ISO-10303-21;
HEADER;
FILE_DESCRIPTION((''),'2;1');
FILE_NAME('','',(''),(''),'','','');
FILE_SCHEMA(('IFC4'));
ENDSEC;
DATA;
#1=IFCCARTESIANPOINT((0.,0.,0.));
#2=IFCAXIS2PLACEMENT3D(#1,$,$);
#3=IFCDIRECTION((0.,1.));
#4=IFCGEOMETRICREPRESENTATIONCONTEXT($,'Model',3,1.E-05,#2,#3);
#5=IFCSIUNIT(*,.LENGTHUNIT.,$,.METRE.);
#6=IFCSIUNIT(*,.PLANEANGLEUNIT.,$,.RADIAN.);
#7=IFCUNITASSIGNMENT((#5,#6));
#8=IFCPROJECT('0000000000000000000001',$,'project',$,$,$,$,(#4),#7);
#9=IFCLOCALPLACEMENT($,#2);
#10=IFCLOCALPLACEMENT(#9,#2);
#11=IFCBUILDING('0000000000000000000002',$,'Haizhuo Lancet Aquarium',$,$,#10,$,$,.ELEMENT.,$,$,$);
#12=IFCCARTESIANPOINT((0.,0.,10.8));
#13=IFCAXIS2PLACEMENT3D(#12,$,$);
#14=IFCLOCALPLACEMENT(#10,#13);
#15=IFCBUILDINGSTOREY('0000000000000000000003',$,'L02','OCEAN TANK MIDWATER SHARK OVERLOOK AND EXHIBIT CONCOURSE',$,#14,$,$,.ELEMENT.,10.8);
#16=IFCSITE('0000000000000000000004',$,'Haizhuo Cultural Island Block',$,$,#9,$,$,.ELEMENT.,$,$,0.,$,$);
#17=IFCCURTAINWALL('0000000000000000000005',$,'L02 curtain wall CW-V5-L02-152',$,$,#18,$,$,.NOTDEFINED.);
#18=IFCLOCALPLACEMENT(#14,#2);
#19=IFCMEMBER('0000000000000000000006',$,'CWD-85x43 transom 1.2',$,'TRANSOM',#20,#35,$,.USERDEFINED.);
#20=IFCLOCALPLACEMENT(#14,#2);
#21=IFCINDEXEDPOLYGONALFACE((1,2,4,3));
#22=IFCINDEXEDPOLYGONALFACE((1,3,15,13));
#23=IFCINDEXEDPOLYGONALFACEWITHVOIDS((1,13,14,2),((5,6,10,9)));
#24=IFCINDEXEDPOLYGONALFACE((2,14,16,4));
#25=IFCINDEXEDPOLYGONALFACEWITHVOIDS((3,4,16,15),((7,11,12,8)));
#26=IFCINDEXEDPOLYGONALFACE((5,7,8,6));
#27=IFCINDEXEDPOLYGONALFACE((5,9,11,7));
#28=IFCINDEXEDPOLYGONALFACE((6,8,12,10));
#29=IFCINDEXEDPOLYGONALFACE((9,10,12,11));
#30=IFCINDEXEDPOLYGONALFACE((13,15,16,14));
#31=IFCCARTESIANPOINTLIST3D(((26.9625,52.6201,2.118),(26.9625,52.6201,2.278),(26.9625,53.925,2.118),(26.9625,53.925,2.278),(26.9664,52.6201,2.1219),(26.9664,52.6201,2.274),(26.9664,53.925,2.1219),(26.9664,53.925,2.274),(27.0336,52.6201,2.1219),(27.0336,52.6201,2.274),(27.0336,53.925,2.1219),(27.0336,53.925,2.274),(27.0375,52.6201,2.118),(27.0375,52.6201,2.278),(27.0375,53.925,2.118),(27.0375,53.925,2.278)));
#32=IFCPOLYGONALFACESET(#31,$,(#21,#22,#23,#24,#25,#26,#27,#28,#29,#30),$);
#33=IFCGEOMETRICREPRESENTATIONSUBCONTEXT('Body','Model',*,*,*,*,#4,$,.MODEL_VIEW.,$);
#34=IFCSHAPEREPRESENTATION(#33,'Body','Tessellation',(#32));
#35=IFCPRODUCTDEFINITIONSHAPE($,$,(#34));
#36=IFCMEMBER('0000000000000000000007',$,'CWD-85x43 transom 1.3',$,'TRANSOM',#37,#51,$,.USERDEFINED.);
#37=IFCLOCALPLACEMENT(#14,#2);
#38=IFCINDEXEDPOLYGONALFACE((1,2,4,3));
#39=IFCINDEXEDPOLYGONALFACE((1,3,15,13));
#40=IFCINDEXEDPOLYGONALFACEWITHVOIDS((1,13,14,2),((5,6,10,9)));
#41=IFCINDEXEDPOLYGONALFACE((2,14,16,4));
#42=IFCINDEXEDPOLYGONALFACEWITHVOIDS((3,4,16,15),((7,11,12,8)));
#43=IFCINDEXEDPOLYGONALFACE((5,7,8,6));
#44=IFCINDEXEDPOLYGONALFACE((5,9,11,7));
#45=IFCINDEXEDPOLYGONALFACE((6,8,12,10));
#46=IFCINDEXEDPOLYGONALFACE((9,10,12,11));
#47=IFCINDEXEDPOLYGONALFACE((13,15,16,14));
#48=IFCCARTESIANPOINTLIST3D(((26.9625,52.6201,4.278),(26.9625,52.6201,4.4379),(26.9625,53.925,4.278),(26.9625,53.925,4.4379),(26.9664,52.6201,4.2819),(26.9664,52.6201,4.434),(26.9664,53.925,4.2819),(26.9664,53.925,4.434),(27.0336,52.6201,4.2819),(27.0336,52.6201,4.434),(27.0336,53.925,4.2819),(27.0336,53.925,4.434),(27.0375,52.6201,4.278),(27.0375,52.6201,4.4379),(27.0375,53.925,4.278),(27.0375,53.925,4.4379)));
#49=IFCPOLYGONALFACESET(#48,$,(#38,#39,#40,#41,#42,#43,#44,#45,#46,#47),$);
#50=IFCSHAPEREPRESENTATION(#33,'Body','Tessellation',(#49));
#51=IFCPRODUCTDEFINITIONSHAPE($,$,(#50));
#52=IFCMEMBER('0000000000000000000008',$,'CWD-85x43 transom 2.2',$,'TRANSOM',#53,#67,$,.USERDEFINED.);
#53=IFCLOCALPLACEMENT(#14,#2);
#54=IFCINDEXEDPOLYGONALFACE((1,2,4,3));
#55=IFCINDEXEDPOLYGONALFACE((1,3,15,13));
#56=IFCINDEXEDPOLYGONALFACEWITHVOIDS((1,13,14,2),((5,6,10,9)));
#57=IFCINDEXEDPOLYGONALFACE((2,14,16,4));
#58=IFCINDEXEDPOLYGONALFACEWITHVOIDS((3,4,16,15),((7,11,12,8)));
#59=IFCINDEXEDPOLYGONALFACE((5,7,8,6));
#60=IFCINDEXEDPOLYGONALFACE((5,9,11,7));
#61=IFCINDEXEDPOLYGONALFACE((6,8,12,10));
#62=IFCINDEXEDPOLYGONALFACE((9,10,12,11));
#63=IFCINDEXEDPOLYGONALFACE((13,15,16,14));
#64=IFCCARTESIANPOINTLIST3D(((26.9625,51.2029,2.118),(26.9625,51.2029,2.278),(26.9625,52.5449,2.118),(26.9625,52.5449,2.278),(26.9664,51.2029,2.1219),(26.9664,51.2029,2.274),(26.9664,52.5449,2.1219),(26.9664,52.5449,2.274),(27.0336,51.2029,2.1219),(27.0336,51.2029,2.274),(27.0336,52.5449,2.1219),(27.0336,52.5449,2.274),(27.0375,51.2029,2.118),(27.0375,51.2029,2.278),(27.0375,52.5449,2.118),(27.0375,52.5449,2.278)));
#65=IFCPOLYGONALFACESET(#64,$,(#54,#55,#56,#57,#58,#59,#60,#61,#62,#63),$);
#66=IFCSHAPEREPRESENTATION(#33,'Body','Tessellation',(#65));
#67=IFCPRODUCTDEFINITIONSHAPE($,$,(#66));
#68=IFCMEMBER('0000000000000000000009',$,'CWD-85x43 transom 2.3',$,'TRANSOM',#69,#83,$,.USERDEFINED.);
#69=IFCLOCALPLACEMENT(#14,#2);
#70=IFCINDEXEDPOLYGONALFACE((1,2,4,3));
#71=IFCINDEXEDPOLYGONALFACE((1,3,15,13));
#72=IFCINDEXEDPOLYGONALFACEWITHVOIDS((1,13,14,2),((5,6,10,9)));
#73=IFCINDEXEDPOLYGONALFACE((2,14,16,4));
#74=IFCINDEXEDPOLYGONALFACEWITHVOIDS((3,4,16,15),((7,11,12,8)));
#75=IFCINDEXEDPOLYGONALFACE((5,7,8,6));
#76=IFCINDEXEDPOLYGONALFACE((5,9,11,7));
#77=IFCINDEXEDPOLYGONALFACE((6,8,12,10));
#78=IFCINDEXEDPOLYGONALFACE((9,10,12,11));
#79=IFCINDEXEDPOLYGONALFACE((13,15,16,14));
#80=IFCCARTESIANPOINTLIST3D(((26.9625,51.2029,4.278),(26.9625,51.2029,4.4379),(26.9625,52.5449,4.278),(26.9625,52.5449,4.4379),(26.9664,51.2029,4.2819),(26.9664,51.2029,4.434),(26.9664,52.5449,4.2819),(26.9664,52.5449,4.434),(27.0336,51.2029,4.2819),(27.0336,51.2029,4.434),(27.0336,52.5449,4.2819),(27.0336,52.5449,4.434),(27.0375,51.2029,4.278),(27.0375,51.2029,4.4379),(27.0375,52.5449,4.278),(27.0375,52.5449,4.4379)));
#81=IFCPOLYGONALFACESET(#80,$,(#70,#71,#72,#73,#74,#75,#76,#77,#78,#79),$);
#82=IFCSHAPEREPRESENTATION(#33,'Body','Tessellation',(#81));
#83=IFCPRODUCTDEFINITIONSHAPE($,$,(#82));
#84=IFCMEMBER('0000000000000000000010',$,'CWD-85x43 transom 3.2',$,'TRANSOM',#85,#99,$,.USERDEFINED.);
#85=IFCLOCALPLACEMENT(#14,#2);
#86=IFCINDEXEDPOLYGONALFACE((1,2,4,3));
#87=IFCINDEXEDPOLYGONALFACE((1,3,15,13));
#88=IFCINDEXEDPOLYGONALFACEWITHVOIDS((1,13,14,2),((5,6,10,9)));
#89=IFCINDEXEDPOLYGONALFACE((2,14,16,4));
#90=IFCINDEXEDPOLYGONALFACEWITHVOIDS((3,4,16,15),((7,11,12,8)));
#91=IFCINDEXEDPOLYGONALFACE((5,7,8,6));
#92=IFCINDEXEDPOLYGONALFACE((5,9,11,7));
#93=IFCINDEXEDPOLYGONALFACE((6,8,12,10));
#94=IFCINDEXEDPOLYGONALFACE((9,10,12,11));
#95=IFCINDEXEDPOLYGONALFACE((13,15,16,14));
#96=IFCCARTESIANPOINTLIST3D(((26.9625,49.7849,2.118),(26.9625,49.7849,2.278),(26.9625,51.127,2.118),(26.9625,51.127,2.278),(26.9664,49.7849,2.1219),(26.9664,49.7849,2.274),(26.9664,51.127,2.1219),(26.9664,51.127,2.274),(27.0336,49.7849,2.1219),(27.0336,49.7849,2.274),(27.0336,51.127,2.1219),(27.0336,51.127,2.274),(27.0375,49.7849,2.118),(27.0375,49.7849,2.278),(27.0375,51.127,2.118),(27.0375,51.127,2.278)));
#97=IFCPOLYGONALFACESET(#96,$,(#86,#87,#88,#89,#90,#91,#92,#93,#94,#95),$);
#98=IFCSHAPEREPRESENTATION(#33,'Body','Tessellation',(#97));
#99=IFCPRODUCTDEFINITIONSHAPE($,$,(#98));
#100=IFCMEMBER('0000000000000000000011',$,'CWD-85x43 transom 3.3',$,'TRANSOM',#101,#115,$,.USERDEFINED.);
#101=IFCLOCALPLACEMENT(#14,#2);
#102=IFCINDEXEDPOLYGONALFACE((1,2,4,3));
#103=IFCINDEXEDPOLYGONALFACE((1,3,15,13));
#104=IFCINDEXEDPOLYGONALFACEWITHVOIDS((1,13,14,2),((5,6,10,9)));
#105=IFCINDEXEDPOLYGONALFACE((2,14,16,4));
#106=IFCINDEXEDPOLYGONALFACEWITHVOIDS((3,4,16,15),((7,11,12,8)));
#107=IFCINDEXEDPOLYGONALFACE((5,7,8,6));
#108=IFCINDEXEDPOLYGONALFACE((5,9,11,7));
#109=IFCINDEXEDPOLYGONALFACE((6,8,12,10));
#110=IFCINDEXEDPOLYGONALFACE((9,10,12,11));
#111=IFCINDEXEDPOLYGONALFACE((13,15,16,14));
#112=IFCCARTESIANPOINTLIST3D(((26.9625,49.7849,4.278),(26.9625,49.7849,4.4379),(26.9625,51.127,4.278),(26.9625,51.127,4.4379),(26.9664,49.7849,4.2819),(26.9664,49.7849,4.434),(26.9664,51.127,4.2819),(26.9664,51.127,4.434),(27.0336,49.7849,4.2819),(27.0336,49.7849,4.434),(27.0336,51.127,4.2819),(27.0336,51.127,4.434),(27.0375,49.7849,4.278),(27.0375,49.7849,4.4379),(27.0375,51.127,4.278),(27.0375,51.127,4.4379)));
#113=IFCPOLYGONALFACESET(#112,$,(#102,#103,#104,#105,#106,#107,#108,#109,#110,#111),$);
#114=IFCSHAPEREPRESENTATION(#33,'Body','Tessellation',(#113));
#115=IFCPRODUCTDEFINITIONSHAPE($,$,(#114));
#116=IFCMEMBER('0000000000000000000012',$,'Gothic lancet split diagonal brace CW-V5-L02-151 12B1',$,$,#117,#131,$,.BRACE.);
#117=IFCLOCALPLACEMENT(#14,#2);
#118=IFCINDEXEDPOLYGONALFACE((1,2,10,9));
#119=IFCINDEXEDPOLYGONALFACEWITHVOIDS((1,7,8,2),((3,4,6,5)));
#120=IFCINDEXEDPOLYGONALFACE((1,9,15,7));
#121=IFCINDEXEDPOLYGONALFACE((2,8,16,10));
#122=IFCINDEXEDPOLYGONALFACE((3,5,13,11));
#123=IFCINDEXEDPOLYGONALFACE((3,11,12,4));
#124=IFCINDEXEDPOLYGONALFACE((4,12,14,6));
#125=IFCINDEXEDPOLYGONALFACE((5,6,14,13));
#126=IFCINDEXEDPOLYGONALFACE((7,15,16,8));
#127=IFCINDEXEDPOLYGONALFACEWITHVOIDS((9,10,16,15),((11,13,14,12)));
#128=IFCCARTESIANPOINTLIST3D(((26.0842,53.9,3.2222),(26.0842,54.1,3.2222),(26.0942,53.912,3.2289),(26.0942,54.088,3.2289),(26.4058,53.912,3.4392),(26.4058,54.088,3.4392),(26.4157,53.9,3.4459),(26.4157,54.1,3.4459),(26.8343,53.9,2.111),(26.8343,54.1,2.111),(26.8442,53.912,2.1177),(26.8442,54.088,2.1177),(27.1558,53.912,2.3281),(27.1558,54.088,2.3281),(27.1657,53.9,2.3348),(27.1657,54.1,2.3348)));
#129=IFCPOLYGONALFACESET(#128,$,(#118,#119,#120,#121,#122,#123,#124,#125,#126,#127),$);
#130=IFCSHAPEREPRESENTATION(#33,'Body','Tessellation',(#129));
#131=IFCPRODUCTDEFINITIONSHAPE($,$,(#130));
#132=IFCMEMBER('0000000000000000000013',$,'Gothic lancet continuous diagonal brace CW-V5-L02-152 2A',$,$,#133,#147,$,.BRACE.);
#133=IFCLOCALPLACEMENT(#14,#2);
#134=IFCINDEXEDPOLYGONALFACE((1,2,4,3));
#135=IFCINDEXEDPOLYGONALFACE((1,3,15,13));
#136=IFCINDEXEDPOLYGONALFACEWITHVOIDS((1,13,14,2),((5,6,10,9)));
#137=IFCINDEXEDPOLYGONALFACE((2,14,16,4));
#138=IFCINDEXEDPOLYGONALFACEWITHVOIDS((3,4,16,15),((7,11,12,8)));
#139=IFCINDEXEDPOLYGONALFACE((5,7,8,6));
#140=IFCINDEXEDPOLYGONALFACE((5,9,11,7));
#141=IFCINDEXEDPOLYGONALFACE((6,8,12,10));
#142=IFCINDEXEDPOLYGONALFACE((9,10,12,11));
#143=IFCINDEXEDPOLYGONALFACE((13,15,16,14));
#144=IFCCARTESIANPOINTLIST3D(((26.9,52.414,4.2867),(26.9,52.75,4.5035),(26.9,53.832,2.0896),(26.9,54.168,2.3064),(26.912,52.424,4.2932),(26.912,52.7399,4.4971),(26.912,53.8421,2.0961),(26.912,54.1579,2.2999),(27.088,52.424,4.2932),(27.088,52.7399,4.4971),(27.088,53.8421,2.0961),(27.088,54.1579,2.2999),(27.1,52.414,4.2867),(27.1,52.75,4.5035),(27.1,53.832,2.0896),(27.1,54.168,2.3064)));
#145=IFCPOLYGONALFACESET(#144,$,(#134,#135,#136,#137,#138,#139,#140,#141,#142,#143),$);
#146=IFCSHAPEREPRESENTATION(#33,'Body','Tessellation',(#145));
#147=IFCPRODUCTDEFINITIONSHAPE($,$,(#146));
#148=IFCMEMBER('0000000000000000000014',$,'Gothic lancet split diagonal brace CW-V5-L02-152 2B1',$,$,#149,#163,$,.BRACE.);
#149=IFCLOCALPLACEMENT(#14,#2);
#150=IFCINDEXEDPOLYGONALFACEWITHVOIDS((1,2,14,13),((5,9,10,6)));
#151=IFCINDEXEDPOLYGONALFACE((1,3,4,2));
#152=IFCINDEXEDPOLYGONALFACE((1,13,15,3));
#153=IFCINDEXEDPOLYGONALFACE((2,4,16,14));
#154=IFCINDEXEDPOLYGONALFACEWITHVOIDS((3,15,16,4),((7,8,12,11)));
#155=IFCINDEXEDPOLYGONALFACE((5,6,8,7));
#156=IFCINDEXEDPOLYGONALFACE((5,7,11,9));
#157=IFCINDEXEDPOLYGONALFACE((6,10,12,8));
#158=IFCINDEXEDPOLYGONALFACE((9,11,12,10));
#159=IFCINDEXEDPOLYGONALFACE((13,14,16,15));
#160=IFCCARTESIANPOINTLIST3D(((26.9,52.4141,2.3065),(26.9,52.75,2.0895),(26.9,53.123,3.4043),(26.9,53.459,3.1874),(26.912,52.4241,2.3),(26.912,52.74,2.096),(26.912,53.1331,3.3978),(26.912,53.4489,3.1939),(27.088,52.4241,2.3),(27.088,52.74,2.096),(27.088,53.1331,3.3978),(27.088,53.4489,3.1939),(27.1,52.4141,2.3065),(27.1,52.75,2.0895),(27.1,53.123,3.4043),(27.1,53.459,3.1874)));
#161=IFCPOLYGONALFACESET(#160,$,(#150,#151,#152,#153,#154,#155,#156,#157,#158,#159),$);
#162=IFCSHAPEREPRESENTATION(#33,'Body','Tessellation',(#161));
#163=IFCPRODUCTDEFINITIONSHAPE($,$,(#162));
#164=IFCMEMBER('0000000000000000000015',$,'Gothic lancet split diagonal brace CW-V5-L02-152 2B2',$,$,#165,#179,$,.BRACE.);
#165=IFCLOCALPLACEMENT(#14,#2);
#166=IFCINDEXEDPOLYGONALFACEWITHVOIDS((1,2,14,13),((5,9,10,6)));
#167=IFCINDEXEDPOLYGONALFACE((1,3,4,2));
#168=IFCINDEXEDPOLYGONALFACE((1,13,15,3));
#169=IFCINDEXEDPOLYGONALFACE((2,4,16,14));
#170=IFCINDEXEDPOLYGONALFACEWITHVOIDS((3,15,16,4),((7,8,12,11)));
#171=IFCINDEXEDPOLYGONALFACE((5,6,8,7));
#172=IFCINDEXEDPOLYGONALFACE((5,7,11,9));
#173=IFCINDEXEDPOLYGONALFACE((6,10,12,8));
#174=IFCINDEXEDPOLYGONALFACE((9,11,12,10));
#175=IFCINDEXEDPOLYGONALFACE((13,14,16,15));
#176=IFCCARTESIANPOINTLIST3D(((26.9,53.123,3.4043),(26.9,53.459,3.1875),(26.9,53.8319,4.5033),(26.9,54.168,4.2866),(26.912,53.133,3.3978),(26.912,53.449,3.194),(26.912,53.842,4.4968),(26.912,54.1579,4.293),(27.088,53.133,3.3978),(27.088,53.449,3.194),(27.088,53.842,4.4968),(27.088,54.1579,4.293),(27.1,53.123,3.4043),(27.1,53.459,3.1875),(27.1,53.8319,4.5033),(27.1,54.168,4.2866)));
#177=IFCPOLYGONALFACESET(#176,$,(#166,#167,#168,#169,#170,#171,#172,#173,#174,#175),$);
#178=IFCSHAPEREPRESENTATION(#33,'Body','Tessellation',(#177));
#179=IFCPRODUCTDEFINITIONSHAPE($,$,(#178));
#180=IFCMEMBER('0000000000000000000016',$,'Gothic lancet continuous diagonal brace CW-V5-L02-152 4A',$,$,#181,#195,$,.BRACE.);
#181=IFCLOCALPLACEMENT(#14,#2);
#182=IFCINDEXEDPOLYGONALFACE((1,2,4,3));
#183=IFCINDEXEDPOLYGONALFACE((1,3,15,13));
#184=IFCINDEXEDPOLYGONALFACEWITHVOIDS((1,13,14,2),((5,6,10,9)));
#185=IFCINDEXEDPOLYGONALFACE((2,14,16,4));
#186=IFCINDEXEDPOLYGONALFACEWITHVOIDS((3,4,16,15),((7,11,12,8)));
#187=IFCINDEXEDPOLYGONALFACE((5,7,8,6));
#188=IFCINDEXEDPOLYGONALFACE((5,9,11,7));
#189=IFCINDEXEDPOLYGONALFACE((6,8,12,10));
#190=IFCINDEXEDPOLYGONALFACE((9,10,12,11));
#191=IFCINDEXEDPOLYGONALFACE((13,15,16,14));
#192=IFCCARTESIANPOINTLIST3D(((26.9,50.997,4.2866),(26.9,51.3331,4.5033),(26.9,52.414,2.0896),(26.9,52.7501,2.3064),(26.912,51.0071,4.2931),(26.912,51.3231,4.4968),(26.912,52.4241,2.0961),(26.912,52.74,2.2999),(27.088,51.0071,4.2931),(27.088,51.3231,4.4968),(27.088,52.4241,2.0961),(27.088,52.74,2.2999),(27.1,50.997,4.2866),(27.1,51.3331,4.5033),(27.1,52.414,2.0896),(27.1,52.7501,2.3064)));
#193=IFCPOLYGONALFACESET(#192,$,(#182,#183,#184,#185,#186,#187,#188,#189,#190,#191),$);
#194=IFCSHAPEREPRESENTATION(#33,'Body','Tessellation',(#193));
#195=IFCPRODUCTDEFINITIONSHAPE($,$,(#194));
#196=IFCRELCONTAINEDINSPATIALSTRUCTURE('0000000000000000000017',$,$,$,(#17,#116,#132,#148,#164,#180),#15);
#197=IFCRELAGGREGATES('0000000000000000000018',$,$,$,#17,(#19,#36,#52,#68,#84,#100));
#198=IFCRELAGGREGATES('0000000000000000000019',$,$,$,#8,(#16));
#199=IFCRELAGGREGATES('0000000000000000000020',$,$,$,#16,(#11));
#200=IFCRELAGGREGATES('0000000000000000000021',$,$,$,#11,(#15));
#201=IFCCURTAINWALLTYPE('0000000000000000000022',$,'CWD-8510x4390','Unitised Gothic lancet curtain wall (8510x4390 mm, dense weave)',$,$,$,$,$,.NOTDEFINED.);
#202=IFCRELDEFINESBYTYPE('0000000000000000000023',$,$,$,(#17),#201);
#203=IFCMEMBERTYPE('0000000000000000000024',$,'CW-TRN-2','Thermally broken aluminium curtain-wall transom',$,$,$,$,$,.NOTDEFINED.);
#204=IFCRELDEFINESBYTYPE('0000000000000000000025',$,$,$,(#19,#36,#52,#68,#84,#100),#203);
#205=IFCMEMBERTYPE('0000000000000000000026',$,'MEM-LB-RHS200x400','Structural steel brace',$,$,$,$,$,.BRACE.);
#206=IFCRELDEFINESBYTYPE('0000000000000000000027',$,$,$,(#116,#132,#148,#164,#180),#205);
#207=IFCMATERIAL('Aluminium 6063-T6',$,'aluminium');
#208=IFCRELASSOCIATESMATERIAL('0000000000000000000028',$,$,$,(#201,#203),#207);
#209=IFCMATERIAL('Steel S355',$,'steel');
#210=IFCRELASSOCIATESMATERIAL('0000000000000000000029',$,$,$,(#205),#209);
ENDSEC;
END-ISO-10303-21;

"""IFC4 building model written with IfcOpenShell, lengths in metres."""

from ifc_helpers import new_model, si_unit, direction, frame, origin, origin_2d, place, context, subcontext, project, spatial, hollow_rectangle, extrude, material, material_profile, profile_set, type_object, element, aggregate, save


model = new_model("IFC4")

# Units and contexts
model_context = context("Model", 3, precision=1e-05, world=origin(), true_north=direction((0.0, 1.0)))
body_context = subcontext(model_context, "Body", "Model", "MODEL_VIEW")
ifc_project = project(units=[si_unit("LENGTHUNIT", "METRE"), si_unit("PLANEANGLEUNIT", "RADIAN")], contexts=[model_context])

# Site, building, storey
site_placement = place(None, origin())
site = spatial("IfcSite", under=ifc_project, at=site_placement, Name="Haizhuo Cultural Island Block", CompositionType="ELEMENT", RefElevation=0.0)
building_placement = place(site_placement, origin())
building = spatial("IfcBuilding", under=site, at=building_placement, Name="Haizhuo Lancet Aquarium", CompositionType="ELEMENT")
storey_placement = place(building_placement, frame((0.0, 0.0, 10.8)))
storey = spatial("IfcBuildingStorey", under=building, at=storey_placement, Name="L02", Description="OCEAN TANK MIDWATER SHARK OVERLOOK AND EXHIBIT CONCOURSE", CompositionType="ELEMENT", Elevation=10.8)

# Curtain wall, members
ifc_material_1 = material(Name="Aluminium 6063-T6", Category="aluminium")
curtain_wall_type = type_object("IfcCurtainWallType", Name="CWD-8510x4390", Description="Unitised Gothic lancet curtain wall (8510x4390 mm, dense weave)", PredefinedType="NOTDEFINED", material=ifc_material_1)
curtain_wall_placement = place(storey_placement, origin())
curtain_wall = element("IfcCurtainWall", 1, at=curtain_wall_placement, inside=storey, type_object=curtain_wall_type, Name="L02 curtain wall CW-V5-L02-152", PredefinedType="NOTDEFINED")
ifc_material_profile_1 = material_profile(ifc_material_1, hollow_rectangle(XDim=0.075, YDim=0.1599, WallThickness=0.0039, at=origin_2d()), Name="ALU-T 75x160x4")
ifc_profile_set_1 = profile_set([ifc_material_profile_1], Name="Aluminium 6063-T6")
member_type_1 = type_object("IfcMemberType", Name="CW-TRN-2", Description="Thermally broken aluminium curtain-wall transom", PredefinedType="NOTDEFINED", material=ifc_profile_set_1)
member_1_placement = place(storey_placement, frame((27.0, 53.925, 2.198), z_axis=(0.0, -1.0, 0.0), x_axis=(1.0, 0.0, 0.0)))
member_1 = element("IfcMember", 2, at=member_1_placement, type_object=member_type_1, Name="CWD-85x43 transom 1.2", ObjectType="TRANSOM", PredefinedType="USERDEFINED", context=body_context, shape_type="SweptSolid", body=[
    extrude(hollow_rectangle(XDim=0.075, YDim=0.1599, WallThickness=0.0039, at=origin_2d()), origin(), (0.0, 0.0, 1.0), 1.3049),
])
member_2_placement = place(storey_placement, frame((27.0, 53.925, 4.3579), z_axis=(0.0, -1.0, 0.0), x_axis=(1.0, 0.0, 0.0)))
member_2 = element("IfcMember", 3, at=member_2_placement, type_object=member_type_1, Name="CWD-85x43 transom 1.3", ObjectType="TRANSOM", PredefinedType="USERDEFINED", context=body_context, shape_type="SweptSolid", body=[
    extrude(hollow_rectangle(XDim=0.075, YDim=0.1599, WallThickness=0.0039, at=origin_2d()), origin(), (0.0, 0.0, 1.0), 1.3049),
])
member_3_placement = place(storey_placement, frame((27.0, 52.5449, 2.198), z_axis=(0.0, -1.0, 0.0), x_axis=(1.0, 0.0, 0.0)))
member_3 = element("IfcMember", 4, at=member_3_placement, type_object=member_type_1, Name="CWD-85x43 transom 2.2", ObjectType="TRANSOM", PredefinedType="USERDEFINED", context=body_context, shape_type="SweptSolid", body=[
    extrude(hollow_rectangle(XDim=0.075, YDim=0.1599, WallThickness=0.0039, at=origin_2d()), origin(), (0.0, 0.0, 1.0), 1.342),
])
member_4_placement = place(storey_placement, frame((27.0, 52.5449, 4.3579), z_axis=(0.0, -1.0, 0.0), x_axis=(1.0, 0.0, 0.0)))
member_4 = element("IfcMember", 5, at=member_4_placement, type_object=member_type_1, Name="CWD-85x43 transom 2.3", ObjectType="TRANSOM", PredefinedType="USERDEFINED", context=body_context, shape_type="SweptSolid", body=[
    extrude(hollow_rectangle(XDim=0.075, YDim=0.1599, WallThickness=0.0039, at=origin_2d()), origin(), (0.0, 0.0, 1.0), 1.342),
])
member_5_placement = place(storey_placement, frame((27.0, 51.127, 2.198), z_axis=(0.0, -1.0, 0.0), x_axis=(1.0, 0.0, 0.0)))
member_5 = element("IfcMember", 6, at=member_5_placement, type_object=member_type_1, Name="CWD-85x43 transom 3.2", ObjectType="TRANSOM", PredefinedType="USERDEFINED", context=body_context, shape_type="SweptSolid", body=[
    extrude(hollow_rectangle(XDim=0.075, YDim=0.1599, WallThickness=0.0039, at=origin_2d()), origin(), (0.0, 0.0, 1.0), 1.342),
])
member_6_placement = place(storey_placement, frame((27.0, 51.127, 4.3579), z_axis=(0.0, -1.0, 0.0), x_axis=(1.0, 0.0, 0.0)))
member_6 = element("IfcMember", 7, at=member_6_placement, type_object=member_type_1, Name="CWD-85x43 transom 3.3", ObjectType="TRANSOM", PredefinedType="USERDEFINED", context=body_context, shape_type="SweptSolid", body=[
    extrude(hollow_rectangle(XDim=0.075, YDim=0.1599, WallThickness=0.0039, at=origin_2d()), origin(), (0.0, 0.0, 1.0), 1.342),
])

# Members
ifc_material_2 = material(Name="Steel S355", Category="steel")
ifc_material_profile_2 = material_profile(ifc_material_2, hollow_rectangle(XDim=0.2, YDim=0.3999, WallThickness=0.012, at=origin_2d()), Name="RHS 200x400x12")
ifc_profile_set_2 = profile_set([ifc_material_profile_2], Name="Steel S355")
member_type_2 = type_object("IfcMemberType", Name="MEM-LB-RHS200x400", Description="Structural steel brace", PredefinedType="BRACE", material=ifc_profile_set_2)
member_7_placement = place(storey_placement, frame((27.0, 54.0, 2.2229), z_axis=(-0.559482, 0.0, 0.828842), x_axis=(0.0, -1.0, 0.0)))
element("IfcMember", 8, at=member_7_placement, inside=storey, type_object=member_type_2, Name="Gothic lancet split diagonal brace CW-V5-L02-151 12B1", PredefinedType="BRACE", context=body_context, shape_type="SweptSolid", body=[
    extrude(hollow_rectangle(XDim=0.2, YDim=0.3999, WallThickness=0.012, at=origin_2d()), origin(), (0.0, 0.0, 1.0), 1.3406),
])
member_8_placement = place(storey_placement, frame((27.0, 54.0, 2.198), z_axis=(0.0, -0.542271, 0.840203), x_axis=(1.0, 0.0, 0.0)))
element("IfcMember", 9, at=member_8_placement, inside=storey, type_object=member_type_2, Name="Gothic lancet continuous diagonal brace CW-V5-L02-152 2A", PredefinedType="BRACE", context=body_context, shape_type="SweptSolid", body=[
    extrude(hollow_rectangle(XDim=0.2, YDim=0.3999, WallThickness=0.012, at=origin_2d()), origin(), (0.0, 0.0, 1.0), 2.615),
])
member_9_placement = place(storey_placement, frame((27.0, 52.582, 2.198), z_axis=(0.0, 0.542484, 0.840066), x_axis=(-1.0, 0.0, 0.0)))
element("IfcMember", 10, at=member_9_placement, inside=storey, type_object=member_type_2, Name="Gothic lancet split diagonal brace CW-V5-L02-152 2B1", PredefinedType="BRACE", context=body_context, shape_type="SweptSolid", body=[
    extrude(hollow_rectangle(XDim=0.2, YDim=0.3999, WallThickness=0.012, at=origin_2d()), origin(), (0.0, 0.0, 1.0), 1.3069),
])
member_10_placement = place(storey_placement, frame((27.0, 53.291, 3.2959), z_axis=(0.0, 0.542059, 0.840341), x_axis=(-1.0, 0.0, 0.0)))
element("IfcMember", 11, at=member_10_placement, inside=storey, type_object=member_type_2, Name="Gothic lancet split diagonal brace CW-V5-L02-152 2B2", PredefinedType="BRACE", context=body_context, shape_type="SweptSolid", body=[
    extrude(hollow_rectangle(XDim=0.2, YDim=0.3999, WallThickness=0.012, at=origin_2d()), origin(), (0.0, 0.0, 1.0), 1.3079),
])
member_11_placement = place(storey_placement, frame((27.0, 52.582, 2.198), z_axis=(0.0, -0.542008, 0.840373), x_axis=(1.0, 0.0, 0.0)))
element("IfcMember", 12, at=member_11_placement, inside=storey, type_object=member_type_2, Name="Gothic lancet continuous diagonal brace CW-V5-L02-152 4A", PredefinedType="BRACE", context=body_context, shape_type="SweptSolid", body=[
    extrude(hollow_rectangle(XDim=0.2, YDim=0.3999, WallThickness=0.012, at=origin_2d()), origin(), (0.0, 0.0, 1.0), 2.6143),
])

aggregate(curtain_wall, [member_1, member_2, member_3, member_4, member_5, member_6])

save(model, "model.ifc")
